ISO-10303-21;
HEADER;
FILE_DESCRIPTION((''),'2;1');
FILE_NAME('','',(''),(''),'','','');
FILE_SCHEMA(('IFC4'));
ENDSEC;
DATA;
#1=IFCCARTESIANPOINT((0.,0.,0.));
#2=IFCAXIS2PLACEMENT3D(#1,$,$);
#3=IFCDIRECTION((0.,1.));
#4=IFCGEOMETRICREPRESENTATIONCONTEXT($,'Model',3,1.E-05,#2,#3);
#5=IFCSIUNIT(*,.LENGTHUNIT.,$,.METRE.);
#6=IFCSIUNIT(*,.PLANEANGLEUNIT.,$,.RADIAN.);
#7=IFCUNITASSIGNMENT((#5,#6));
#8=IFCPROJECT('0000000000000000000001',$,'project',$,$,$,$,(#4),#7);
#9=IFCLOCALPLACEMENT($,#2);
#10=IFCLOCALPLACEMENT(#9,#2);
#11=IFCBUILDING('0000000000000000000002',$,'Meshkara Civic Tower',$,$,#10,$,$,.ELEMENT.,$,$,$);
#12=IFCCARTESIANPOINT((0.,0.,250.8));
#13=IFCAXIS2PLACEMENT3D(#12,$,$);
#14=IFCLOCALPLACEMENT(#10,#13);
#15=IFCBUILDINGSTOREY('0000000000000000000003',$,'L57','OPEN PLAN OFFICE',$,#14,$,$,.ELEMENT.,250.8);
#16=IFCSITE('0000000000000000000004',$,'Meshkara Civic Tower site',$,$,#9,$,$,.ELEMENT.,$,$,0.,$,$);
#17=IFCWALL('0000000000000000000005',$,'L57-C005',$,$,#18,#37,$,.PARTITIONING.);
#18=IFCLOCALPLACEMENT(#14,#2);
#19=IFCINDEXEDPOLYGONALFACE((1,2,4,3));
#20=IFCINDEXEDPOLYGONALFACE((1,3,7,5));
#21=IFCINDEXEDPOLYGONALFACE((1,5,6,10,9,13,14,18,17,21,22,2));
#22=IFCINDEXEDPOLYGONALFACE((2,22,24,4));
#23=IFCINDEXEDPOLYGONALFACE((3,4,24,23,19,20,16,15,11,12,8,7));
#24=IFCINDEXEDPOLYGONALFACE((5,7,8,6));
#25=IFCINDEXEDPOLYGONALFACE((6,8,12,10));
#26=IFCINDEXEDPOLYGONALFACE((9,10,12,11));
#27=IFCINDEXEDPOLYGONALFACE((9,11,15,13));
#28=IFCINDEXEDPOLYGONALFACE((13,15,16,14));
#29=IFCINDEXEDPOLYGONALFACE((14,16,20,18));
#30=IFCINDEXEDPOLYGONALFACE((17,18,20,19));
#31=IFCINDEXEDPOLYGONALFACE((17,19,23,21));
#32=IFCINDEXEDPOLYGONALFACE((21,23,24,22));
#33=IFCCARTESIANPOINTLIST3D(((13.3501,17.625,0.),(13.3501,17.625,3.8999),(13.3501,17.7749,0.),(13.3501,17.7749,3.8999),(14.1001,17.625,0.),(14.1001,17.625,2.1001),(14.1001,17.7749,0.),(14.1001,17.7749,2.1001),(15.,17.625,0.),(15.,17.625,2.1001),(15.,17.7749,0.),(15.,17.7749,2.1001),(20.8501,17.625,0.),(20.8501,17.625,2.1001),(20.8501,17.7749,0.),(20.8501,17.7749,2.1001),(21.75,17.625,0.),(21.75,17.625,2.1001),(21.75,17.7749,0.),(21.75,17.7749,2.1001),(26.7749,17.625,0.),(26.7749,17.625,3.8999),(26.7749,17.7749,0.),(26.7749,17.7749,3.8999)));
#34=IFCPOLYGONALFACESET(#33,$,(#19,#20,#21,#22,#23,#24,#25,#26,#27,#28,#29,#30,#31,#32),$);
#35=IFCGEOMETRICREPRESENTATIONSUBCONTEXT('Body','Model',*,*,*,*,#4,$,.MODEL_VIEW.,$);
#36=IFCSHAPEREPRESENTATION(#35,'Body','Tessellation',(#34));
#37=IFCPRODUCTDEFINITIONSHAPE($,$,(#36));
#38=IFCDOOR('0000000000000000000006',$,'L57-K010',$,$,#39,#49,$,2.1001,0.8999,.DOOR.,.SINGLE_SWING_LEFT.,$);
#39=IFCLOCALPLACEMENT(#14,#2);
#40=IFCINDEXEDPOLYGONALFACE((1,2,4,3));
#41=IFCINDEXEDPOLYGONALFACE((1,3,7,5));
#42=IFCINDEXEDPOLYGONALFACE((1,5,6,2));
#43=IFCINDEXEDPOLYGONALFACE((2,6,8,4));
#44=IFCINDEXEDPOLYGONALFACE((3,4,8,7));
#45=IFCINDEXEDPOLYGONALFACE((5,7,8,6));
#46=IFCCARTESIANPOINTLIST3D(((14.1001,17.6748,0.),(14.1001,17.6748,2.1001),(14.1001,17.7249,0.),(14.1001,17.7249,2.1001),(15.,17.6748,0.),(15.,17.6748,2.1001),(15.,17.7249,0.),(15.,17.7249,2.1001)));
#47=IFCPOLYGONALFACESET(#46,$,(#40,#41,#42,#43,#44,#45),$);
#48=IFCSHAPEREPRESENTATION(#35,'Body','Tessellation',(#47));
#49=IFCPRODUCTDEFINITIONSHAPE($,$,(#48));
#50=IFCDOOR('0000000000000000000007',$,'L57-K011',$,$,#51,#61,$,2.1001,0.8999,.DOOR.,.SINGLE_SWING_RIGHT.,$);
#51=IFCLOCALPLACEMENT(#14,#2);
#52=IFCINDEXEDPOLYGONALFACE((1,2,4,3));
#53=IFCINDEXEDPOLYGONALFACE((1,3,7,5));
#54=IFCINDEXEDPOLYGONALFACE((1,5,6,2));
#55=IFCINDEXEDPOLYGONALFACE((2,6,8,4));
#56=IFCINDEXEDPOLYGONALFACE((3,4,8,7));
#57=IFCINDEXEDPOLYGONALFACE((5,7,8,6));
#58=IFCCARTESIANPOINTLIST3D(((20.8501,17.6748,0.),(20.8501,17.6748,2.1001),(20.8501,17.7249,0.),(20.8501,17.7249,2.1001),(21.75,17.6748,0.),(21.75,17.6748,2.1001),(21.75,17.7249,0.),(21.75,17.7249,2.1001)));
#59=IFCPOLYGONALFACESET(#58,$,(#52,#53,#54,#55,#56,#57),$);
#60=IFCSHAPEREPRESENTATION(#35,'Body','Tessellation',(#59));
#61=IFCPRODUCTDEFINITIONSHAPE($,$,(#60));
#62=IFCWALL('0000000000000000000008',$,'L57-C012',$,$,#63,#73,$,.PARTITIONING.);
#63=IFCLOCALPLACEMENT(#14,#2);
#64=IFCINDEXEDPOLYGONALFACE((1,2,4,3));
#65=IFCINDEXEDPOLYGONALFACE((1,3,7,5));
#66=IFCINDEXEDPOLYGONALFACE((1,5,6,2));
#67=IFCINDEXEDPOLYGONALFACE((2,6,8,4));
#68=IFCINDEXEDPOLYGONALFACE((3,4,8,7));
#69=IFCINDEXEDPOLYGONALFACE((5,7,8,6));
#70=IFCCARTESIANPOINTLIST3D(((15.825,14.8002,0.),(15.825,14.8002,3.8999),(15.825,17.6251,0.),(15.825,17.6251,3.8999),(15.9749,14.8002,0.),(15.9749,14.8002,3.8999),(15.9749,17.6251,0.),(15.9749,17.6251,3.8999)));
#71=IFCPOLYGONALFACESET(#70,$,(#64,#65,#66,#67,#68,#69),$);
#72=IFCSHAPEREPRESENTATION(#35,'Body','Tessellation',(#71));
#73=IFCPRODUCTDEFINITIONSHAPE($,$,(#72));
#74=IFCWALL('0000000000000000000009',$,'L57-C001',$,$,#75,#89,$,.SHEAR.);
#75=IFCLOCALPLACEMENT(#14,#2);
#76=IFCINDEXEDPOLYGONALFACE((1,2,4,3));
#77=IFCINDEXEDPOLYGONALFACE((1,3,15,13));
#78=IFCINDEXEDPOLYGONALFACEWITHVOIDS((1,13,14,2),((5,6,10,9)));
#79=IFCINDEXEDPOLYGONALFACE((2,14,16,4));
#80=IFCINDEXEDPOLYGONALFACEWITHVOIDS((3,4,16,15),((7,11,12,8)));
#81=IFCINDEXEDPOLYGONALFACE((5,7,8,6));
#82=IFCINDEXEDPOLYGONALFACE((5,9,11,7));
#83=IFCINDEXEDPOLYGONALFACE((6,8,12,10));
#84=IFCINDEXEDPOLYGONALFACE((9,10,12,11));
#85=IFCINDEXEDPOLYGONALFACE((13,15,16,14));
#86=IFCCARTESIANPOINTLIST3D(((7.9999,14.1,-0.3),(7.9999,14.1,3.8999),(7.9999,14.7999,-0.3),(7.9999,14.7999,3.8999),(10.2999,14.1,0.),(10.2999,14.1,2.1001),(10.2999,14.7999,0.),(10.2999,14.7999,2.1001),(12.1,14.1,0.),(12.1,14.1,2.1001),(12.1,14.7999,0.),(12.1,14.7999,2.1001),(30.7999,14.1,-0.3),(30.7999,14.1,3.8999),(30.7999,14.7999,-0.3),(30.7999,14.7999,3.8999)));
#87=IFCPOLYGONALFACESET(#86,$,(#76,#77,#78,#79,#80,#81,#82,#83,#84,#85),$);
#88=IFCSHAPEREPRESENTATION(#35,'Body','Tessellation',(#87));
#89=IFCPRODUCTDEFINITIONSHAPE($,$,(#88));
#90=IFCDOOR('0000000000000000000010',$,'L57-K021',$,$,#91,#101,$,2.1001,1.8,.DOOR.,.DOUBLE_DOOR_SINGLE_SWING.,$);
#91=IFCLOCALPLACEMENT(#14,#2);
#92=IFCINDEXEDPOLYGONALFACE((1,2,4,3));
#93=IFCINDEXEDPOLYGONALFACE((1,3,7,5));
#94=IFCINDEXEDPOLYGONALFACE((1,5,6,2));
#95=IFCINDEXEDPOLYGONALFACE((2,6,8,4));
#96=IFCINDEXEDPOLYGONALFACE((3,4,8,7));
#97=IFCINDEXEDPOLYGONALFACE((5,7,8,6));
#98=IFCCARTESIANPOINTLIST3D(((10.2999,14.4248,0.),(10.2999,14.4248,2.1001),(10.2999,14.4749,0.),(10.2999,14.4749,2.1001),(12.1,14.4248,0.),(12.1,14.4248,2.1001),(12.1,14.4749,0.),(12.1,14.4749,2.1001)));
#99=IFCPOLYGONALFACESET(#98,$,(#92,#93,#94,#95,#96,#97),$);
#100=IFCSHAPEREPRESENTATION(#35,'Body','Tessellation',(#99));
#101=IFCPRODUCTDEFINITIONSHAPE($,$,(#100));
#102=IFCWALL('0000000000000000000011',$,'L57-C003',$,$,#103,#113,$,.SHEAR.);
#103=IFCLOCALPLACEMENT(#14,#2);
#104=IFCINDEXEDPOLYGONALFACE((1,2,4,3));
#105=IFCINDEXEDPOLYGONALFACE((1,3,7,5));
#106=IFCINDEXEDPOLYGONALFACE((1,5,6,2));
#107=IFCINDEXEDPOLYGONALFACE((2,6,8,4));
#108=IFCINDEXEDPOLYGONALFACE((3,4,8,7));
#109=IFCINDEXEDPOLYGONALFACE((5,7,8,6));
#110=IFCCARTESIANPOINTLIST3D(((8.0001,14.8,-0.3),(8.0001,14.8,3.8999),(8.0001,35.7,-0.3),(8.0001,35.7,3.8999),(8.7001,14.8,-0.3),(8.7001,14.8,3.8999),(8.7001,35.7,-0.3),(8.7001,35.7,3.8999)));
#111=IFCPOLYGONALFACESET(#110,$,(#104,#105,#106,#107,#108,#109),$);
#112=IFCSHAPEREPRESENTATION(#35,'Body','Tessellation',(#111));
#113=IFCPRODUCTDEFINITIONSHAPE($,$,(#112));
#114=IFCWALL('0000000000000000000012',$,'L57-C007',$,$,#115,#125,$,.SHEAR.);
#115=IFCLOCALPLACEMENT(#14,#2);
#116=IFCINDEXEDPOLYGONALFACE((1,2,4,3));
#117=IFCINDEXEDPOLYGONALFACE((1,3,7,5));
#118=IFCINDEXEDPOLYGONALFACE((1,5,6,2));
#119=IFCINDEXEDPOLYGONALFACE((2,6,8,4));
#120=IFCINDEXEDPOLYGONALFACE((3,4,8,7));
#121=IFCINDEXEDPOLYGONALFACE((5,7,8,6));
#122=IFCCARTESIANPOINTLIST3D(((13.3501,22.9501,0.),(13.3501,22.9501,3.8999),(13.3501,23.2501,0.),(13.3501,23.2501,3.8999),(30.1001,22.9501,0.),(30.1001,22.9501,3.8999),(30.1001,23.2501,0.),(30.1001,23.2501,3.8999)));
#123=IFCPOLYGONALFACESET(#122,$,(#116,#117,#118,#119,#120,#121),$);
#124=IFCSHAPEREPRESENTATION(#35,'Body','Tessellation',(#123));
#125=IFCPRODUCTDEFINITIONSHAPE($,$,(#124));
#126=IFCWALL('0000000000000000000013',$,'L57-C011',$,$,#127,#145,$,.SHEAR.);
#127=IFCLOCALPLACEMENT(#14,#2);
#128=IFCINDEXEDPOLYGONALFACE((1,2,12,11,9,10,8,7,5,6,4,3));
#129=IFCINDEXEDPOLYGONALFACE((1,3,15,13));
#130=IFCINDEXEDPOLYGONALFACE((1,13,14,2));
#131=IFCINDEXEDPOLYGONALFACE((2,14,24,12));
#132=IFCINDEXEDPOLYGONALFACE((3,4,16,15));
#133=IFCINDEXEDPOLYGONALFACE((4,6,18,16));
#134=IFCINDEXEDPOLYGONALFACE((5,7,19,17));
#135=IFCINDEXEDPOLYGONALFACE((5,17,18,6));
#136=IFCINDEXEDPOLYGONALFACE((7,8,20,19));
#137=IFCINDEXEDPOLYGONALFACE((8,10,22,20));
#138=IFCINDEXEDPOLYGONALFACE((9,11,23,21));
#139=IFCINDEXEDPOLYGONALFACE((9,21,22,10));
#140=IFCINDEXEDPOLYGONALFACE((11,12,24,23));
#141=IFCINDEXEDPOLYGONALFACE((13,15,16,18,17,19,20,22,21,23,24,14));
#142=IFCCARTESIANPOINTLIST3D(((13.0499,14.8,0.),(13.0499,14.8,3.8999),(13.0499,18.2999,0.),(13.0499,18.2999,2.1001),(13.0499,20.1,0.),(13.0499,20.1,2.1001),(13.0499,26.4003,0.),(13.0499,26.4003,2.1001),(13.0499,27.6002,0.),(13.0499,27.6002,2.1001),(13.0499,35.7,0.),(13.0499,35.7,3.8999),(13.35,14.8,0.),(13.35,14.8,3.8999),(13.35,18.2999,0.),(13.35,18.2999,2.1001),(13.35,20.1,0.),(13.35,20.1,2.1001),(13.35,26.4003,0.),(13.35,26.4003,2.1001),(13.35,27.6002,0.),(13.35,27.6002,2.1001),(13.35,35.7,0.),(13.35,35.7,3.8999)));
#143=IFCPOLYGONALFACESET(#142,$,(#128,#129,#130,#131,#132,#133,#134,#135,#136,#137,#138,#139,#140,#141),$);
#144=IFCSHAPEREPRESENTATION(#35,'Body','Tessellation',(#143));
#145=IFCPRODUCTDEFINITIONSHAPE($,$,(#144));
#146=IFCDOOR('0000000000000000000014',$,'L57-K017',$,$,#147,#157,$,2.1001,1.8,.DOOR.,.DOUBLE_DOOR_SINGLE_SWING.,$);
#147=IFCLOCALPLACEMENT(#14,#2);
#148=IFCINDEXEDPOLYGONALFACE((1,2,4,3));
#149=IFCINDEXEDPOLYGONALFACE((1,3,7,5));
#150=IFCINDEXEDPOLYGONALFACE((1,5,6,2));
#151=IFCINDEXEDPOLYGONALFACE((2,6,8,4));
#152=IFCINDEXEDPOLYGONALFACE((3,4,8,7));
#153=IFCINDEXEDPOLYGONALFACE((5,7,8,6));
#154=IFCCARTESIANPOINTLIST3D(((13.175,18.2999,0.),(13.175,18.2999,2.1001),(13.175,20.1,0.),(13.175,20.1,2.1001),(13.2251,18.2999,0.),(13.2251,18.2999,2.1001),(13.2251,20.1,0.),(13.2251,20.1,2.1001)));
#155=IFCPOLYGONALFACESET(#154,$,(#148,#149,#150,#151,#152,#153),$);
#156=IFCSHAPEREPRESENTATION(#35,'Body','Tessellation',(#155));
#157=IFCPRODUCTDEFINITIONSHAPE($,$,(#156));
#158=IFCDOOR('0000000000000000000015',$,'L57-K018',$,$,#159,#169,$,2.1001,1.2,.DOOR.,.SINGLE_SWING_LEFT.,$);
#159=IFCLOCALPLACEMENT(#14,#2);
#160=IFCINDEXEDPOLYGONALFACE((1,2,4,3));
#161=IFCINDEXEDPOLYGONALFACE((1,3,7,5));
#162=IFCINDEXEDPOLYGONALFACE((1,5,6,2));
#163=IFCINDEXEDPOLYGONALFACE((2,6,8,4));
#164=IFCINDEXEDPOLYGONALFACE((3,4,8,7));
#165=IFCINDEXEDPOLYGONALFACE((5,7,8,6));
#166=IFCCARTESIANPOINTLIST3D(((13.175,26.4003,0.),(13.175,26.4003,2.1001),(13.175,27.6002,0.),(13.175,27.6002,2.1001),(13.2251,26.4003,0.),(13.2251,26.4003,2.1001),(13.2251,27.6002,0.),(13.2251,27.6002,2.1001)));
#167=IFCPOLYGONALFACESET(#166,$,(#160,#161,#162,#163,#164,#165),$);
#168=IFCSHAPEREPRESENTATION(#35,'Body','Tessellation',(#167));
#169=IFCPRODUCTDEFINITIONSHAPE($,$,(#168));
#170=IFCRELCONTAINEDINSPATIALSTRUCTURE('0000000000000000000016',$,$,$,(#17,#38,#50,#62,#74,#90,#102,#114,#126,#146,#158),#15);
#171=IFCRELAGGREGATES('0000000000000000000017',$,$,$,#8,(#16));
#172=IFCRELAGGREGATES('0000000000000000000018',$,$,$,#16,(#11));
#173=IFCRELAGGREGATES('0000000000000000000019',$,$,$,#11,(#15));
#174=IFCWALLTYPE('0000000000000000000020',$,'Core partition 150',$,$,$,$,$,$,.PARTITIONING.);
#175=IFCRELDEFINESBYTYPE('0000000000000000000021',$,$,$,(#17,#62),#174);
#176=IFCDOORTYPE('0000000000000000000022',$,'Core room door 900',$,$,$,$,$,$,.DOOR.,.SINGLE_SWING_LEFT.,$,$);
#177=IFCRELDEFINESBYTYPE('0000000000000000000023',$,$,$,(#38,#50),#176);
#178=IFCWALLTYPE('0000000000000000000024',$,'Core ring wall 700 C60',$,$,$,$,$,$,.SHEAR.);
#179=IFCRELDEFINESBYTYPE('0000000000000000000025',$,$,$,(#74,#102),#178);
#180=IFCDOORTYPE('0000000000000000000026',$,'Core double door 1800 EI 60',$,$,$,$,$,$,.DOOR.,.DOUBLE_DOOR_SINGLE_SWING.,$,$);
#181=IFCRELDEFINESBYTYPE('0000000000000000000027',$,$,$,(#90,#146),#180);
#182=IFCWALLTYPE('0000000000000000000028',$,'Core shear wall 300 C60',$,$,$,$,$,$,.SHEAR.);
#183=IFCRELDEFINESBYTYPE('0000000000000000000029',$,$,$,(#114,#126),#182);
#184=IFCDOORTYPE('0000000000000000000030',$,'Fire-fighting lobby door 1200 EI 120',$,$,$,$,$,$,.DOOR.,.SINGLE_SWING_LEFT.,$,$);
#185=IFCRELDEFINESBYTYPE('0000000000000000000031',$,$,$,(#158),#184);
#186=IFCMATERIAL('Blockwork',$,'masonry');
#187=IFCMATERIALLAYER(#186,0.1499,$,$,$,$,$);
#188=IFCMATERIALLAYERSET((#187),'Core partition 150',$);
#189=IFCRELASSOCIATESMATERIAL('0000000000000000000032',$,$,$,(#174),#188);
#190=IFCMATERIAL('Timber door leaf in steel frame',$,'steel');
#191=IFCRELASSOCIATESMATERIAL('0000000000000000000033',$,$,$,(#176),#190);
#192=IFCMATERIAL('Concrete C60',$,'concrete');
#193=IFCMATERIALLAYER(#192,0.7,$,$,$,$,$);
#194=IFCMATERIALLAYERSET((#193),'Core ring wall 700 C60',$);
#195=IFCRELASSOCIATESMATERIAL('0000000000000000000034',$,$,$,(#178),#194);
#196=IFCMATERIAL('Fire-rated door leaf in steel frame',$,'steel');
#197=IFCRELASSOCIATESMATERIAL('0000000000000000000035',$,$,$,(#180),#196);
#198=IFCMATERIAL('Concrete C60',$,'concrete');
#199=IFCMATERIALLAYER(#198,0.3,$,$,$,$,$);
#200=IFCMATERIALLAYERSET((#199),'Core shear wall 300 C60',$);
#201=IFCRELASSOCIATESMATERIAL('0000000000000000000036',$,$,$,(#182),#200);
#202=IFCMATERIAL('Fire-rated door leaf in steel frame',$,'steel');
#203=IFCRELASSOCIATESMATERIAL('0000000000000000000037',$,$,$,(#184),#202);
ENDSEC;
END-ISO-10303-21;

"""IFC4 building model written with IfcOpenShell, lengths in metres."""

from ifc_helpers import new_model, si_unit, direction, frame, frame_2d, origin, place, context, subcontext, project, spatial, rectangle, extrude, material, layer, layer_set, type_object, element, fill, save


model = new_model("IFC4")

# Units and contexts
model_context = context("Model", 3, precision=1e-05, world=origin(), true_north=direction((0.0, 1.0)))
body_context = subcontext(model_context, "Body", "Model", "MODEL_VIEW")
ifc_project = project(units=[si_unit("LENGTHUNIT", "METRE"), si_unit("PLANEANGLEUNIT", "RADIAN")], contexts=[model_context])

# Site, building, storey
site_placement = place(None, origin())
site = spatial("IfcSite", under=ifc_project, at=site_placement, Name="Meshkara Civic Tower site", CompositionType="ELEMENT", RefElevation=0.0)
building_placement = place(site_placement, origin())
building = spatial("IfcBuilding", under=site, at=building_placement, Name="Meshkara Civic Tower", CompositionType="ELEMENT")
storey_placement = place(building_placement, frame((0.0, 0.0, 250.8)))
storey = spatial("IfcBuildingStorey", under=building, at=storey_placement, Name="L57", Description="OPEN PLAN OFFICE", CompositionType="ELEMENT", Elevation=250.8)

# Wall, openings, doors
ifc_material_1 = material(Name="Blockwork", Category="masonry")
ifc_layer_1 = layer(ifc_material_1, 0.1499)
ifc_layer_set_1 = layer_set([ifc_layer_1], Name="Core partition 150")
wall_type_1 = type_object("IfcWallType", Name="Core partition 150", PredefinedType="PARTITIONING", material=ifc_layer_set_1)
wall_1_placement = place(storey_placement, frame((13.3501, 17.7, 0.0), z_axis=(0.0, 0.0, 1.0), x_axis=(1.0, 0.0, 0.0)))
wall_1 = element("IfcWall", 1, at=wall_1_placement, inside=storey, type_object=wall_type_1, Name="L57-C005", PredefinedType="PARTITIONING", context=body_context, shape_type="SweptSolid", body=[
    extrude(rectangle(XDim=13.4248, YDim=0.1499, at=frame_2d((6.7124, 0.0))), origin(), (0.0, 0.0, 1.0), 3.8999),
])
opening_1_placement = place(wall_1_placement, frame((0.75, 0.0, 0.0)))
opening_1 = element("IfcOpeningElement", 2, at=opening_1_placement, cuts=wall_1, PredefinedType="OPENING", context=body_context, shape_type="SweptSolid", body=[
    extrude(rectangle(XDim=0.8999, YDim=2.1001, at=frame_2d((0.45, 1.05))), frame((0.0, 0.085, 0.0), z_axis=(0.0, -1.0, 0.0), x_axis=(1.0, 0.0, 0.0)), (0.0, 0.0, 1.0), 0.1699),
])
opening_2_placement = place(wall_1_placement, frame((7.5, 0.0, 0.0)))
opening_2 = element("IfcOpeningElement", 3, at=opening_2_placement, cuts=wall_1, PredefinedType="OPENING", context=body_context, shape_type="SweptSolid", body=[
    extrude(rectangle(XDim=0.8999, YDim=2.1001, at=frame_2d((0.45, 1.05))), frame((0.0, 0.085, 0.0), z_axis=(0.0, -1.0, 0.0), x_axis=(1.0, 0.0, 0.0)), (0.0, 0.0, 1.0), 0.1699),
])
ifc_material_2 = material(Name="Timber door leaf in steel frame", Category="steel")
door_type_1 = type_object("IfcDoorType", Name="Core room door 900", OperationType="SINGLE_SWING_LEFT", PredefinedType="DOOR", material=ifc_material_2)
door_1_placement = place(opening_1_placement, origin())
door_1 = element("IfcDoor", 4, at=door_1_placement, inside=storey, type_object=door_type_1, Name="L57-K010", OperationType="SINGLE_SWING_LEFT", OverallHeight=2.1001, OverallWidth=0.8999, PredefinedType="DOOR", context=body_context, shape_type="SweptSolid", body=[
    extrude(rectangle(XDim=0.8999, YDim=2.1001, at=frame_2d((0.45, 1.05))), frame((0.0, 0.0249, 0.0), z_axis=(0.0, -1.0, 0.0), x_axis=(1.0, 0.0, 0.0)), (0.0, 0.0, 1.0), 0.05),
])
fill(opening_1, door_1)
door_2_placement = place(opening_2_placement, origin())
door_2 = element("IfcDoor", 5, at=door_2_placement, inside=storey, type_object=door_type_1, Name="L57-K011", OperationType="SINGLE_SWING_RIGHT", OverallHeight=2.1001, OverallWidth=0.8999, PredefinedType="DOOR", context=body_context, shape_type="SweptSolid", body=[
    extrude(rectangle(XDim=0.8999, YDim=2.1001, at=frame_2d((0.45, 1.05))), frame((0.0, 0.0249, 0.0), z_axis=(0.0, -1.0, 0.0), x_axis=(1.0, 0.0, 0.0)), (0.0, 0.0, 1.0), 0.05),
])
fill(opening_2, door_2)

# Wall
wall_2_placement = place(storey_placement, frame((15.8999, 14.8, 0.0), z_axis=(0.0, 0.0, 1.0), x_axis=(0.0, 1.0, 0.0)))
element("IfcWall", 6, at=wall_2_placement, inside=storey, type_object=wall_type_1, Name="L57-C012", PredefinedType="PARTITIONING", context=body_context, shape_type="SweptSolid", body=[
    extrude(rectangle(XDim=2.825, YDim=0.1499, at=frame_2d((1.4126, 0.0))), origin(), (0.0, 0.0, 1.0), 3.8999),
])

# Wall, opening, door
ifc_material_3 = material(Name="Concrete C60", Category="concrete")
ifc_layer_2 = layer(ifc_material_3, 0.7)
ifc_layer_set_2 = layer_set([ifc_layer_2], Name="Core ring wall 700 C60")
wall_type_2 = type_object("IfcWallType", Name="Core ring wall 700 C60", PredefinedType="SHEAR", material=ifc_layer_set_2)
wall_3_placement = place(storey_placement, frame((8.0, 14.45, -0.3), z_axis=(0.0, 0.0, 1.0), x_axis=(1.0, 0.0, 0.0)))
wall_3 = element("IfcWall", 7, at=wall_3_placement, inside=storey, type_object=wall_type_2, Name="L57-C001", PredefinedType="SHEAR", context=body_context, shape_type="SweptSolid", body=[
    extrude(rectangle(XDim=22.8, YDim=0.7, at=frame_2d((11.3999, 0.0))), origin(), (0.0, 0.0, 1.0), 4.2),
])
opening_3_placement = place(wall_3_placement, frame((2.3, 0.0, 0.3)))
opening_3 = element("IfcOpeningElement", 8, at=opening_3_placement, cuts=wall_3, PredefinedType="OPENING", context=body_context, shape_type="SweptSolid", body=[
    extrude(rectangle(XDim=1.8, YDim=2.1001, at=frame_2d((0.8999, 1.05))), frame((0.0, 0.3599, 0.0), z_axis=(0.0, -1.0, 0.0), x_axis=(1.0, 0.0, 0.0)), (0.0, 0.0, 1.0), 0.72),
])
ifc_material_4 = material(Name="Fire-rated door leaf in steel frame", Category="steel")
door_type_2 = type_object("IfcDoorType", Name="Core double door 1800 EI 60", OperationType="DOUBLE_DOOR_SINGLE_SWING", PredefinedType="DOOR", material=ifc_material_4)
door_3_placement = place(opening_3_placement, origin())
door_3 = element("IfcDoor", 9, at=door_3_placement, inside=storey, type_object=door_type_2, Name="L57-K021", OperationType="DOUBLE_DOOR_SINGLE_SWING", OverallHeight=2.1001, OverallWidth=1.8, PredefinedType="DOOR", context=body_context, shape_type="SweptSolid", body=[
    extrude(rectangle(XDim=1.8, YDim=2.1001, at=frame_2d((0.8999, 1.05))), frame((0.0, 0.0249, 0.0), z_axis=(0.0, -1.0, 0.0), x_axis=(1.0, 0.0, 0.0)), (0.0, 0.0, 1.0), 0.05),
])
fill(opening_3, door_3)

# Walls
wall_4_placement = place(storey_placement, frame((8.3501, 14.8, -0.3), z_axis=(0.0, 0.0, 1.0), x_axis=(0.0, 1.0, 0.0)))
element("IfcWall", 10, at=wall_4_placement, inside=storey, type_object=wall_type_2, Name="L57-C003", PredefinedType="SHEAR", context=body_context, shape_type="SweptSolid", body=[
    extrude(rectangle(XDim=20.8999, YDim=0.7, at=frame_2d((10.45, 0.0))), origin(), (0.0, 0.0, 1.0), 4.2),
])
ifc_material_5 = material(Name="Concrete C60", Category="concrete")
ifc_layer_3 = layer(ifc_material_5, 0.3)
ifc_layer_set_3 = layer_set([ifc_layer_3], Name="Core shear wall 300 C60")
wall_type_3 = type_object("IfcWallType", Name="Core shear wall 300 C60", PredefinedType="SHEAR", material=ifc_layer_set_3)
wall_5_placement = place(storey_placement, frame((13.3501, 23.1001, 0.0), z_axis=(0.0, 0.0, 1.0), x_axis=(1.0, 0.0, 0.0)))
element("IfcWall", 11, at=wall_5_placement, inside=storey, type_object=wall_type_3, Name="L57-C007", PredefinedType="SHEAR", context=body_context, shape_type="SweptSolid", body=[
    extrude(rectangle(XDim=16.75, YDim=0.3, at=frame_2d((8.375, 0.0))), origin(), (0.0, 0.0, 1.0), 3.8999),
])

# Wall, openings, doors
wall_6_placement = place(storey_placement, frame((13.2, 14.8, 0.0), z_axis=(0.0, 0.0, 1.0), x_axis=(0.0, 1.0, 0.0)))
wall_6 = element("IfcWall", 12, at=wall_6_placement, inside=storey, type_object=wall_type_3, Name="L57-C011", PredefinedType="SHEAR", context=body_context, shape_type="SweptSolid", body=[
    extrude(rectangle(XDim=20.8999, YDim=0.3, at=frame_2d((10.45, 0.0))), origin(), (0.0, 0.0, 1.0), 3.8999),
])
opening_4_placement = place(wall_6_placement, frame((3.5, 0.0, 0.0)))
opening_4 = element("IfcOpeningElement", 13, at=opening_4_placement, cuts=wall_6, PredefinedType="OPENING", context=body_context, shape_type="SweptSolid", body=[
    extrude(rectangle(XDim=1.8, YDim=2.1001, at=frame_2d((0.8999, 1.05))), frame((0.0, 0.1599, 0.0), z_axis=(0.0, -1.0, 0.0), x_axis=(1.0, 0.0, 0.0)), (0.0, 0.0, 1.0), 0.3201),
])
opening_5_placement = place(wall_6_placement, frame((11.6001, 0.0, 0.0)))
opening_5 = element("IfcOpeningElement", 14, at=opening_5_placement, cuts=wall_6, PredefinedType="OPENING", context=body_context, shape_type="SweptSolid", body=[
    extrude(rectangle(XDim=1.2, YDim=2.1001, at=frame_2d((0.6001, 1.05))), frame((0.0, 0.1599, 0.0), z_axis=(0.0, -1.0, 0.0), x_axis=(1.0, 0.0, 0.0)), (0.0, 0.0, 1.0), 0.3201),
])
door_4_placement = place(opening_4_placement, origin())
door_4 = element("IfcDoor", 15, at=door_4_placement, inside=storey, type_object=door_type_2, Name="L57-K017", OperationType="DOUBLE_DOOR_SINGLE_SWING", OverallHeight=2.1001, OverallWidth=1.8, PredefinedType="DOOR", context=body_context, shape_type="SweptSolid", body=[
    extrude(rectangle(XDim=1.8, YDim=2.1001, at=frame_2d((0.8999, 1.05))), frame((0.0, 0.0249, 0.0), z_axis=(0.0, -1.0, 0.0), x_axis=(1.0, 0.0, 0.0)), (0.0, 0.0, 1.0), 0.05),
])
fill(opening_4, door_4)
ifc_material_6 = material(Name="Fire-rated door leaf in steel frame", Category="steel")
door_type_3 = type_object("IfcDoorType", Name="Fire-fighting lobby door 1200 EI 120", OperationType="SINGLE_SWING_LEFT", PredefinedType="DOOR", material=ifc_material_6)
door_5_placement = place(opening_5_placement, origin())
door_5 = element("IfcDoor", 16, at=door_5_placement, inside=storey, type_object=door_type_3, Name="L57-K018", OperationType="SINGLE_SWING_LEFT", OverallHeight=2.1001, OverallWidth=1.2, PredefinedType="DOOR", context=body_context, shape_type="SweptSolid", body=[
    extrude(rectangle(XDim=1.2, YDim=2.1001, at=frame_2d((0.6001, 1.05))), frame((0.0, 0.0249, 0.0), z_axis=(0.0, -1.0, 0.0), x_axis=(1.0, 0.0, 0.0)), (0.0, 0.0, 1.0), 0.05),
])
fill(opening_5, door_5)

save(model, "model.ifc")
